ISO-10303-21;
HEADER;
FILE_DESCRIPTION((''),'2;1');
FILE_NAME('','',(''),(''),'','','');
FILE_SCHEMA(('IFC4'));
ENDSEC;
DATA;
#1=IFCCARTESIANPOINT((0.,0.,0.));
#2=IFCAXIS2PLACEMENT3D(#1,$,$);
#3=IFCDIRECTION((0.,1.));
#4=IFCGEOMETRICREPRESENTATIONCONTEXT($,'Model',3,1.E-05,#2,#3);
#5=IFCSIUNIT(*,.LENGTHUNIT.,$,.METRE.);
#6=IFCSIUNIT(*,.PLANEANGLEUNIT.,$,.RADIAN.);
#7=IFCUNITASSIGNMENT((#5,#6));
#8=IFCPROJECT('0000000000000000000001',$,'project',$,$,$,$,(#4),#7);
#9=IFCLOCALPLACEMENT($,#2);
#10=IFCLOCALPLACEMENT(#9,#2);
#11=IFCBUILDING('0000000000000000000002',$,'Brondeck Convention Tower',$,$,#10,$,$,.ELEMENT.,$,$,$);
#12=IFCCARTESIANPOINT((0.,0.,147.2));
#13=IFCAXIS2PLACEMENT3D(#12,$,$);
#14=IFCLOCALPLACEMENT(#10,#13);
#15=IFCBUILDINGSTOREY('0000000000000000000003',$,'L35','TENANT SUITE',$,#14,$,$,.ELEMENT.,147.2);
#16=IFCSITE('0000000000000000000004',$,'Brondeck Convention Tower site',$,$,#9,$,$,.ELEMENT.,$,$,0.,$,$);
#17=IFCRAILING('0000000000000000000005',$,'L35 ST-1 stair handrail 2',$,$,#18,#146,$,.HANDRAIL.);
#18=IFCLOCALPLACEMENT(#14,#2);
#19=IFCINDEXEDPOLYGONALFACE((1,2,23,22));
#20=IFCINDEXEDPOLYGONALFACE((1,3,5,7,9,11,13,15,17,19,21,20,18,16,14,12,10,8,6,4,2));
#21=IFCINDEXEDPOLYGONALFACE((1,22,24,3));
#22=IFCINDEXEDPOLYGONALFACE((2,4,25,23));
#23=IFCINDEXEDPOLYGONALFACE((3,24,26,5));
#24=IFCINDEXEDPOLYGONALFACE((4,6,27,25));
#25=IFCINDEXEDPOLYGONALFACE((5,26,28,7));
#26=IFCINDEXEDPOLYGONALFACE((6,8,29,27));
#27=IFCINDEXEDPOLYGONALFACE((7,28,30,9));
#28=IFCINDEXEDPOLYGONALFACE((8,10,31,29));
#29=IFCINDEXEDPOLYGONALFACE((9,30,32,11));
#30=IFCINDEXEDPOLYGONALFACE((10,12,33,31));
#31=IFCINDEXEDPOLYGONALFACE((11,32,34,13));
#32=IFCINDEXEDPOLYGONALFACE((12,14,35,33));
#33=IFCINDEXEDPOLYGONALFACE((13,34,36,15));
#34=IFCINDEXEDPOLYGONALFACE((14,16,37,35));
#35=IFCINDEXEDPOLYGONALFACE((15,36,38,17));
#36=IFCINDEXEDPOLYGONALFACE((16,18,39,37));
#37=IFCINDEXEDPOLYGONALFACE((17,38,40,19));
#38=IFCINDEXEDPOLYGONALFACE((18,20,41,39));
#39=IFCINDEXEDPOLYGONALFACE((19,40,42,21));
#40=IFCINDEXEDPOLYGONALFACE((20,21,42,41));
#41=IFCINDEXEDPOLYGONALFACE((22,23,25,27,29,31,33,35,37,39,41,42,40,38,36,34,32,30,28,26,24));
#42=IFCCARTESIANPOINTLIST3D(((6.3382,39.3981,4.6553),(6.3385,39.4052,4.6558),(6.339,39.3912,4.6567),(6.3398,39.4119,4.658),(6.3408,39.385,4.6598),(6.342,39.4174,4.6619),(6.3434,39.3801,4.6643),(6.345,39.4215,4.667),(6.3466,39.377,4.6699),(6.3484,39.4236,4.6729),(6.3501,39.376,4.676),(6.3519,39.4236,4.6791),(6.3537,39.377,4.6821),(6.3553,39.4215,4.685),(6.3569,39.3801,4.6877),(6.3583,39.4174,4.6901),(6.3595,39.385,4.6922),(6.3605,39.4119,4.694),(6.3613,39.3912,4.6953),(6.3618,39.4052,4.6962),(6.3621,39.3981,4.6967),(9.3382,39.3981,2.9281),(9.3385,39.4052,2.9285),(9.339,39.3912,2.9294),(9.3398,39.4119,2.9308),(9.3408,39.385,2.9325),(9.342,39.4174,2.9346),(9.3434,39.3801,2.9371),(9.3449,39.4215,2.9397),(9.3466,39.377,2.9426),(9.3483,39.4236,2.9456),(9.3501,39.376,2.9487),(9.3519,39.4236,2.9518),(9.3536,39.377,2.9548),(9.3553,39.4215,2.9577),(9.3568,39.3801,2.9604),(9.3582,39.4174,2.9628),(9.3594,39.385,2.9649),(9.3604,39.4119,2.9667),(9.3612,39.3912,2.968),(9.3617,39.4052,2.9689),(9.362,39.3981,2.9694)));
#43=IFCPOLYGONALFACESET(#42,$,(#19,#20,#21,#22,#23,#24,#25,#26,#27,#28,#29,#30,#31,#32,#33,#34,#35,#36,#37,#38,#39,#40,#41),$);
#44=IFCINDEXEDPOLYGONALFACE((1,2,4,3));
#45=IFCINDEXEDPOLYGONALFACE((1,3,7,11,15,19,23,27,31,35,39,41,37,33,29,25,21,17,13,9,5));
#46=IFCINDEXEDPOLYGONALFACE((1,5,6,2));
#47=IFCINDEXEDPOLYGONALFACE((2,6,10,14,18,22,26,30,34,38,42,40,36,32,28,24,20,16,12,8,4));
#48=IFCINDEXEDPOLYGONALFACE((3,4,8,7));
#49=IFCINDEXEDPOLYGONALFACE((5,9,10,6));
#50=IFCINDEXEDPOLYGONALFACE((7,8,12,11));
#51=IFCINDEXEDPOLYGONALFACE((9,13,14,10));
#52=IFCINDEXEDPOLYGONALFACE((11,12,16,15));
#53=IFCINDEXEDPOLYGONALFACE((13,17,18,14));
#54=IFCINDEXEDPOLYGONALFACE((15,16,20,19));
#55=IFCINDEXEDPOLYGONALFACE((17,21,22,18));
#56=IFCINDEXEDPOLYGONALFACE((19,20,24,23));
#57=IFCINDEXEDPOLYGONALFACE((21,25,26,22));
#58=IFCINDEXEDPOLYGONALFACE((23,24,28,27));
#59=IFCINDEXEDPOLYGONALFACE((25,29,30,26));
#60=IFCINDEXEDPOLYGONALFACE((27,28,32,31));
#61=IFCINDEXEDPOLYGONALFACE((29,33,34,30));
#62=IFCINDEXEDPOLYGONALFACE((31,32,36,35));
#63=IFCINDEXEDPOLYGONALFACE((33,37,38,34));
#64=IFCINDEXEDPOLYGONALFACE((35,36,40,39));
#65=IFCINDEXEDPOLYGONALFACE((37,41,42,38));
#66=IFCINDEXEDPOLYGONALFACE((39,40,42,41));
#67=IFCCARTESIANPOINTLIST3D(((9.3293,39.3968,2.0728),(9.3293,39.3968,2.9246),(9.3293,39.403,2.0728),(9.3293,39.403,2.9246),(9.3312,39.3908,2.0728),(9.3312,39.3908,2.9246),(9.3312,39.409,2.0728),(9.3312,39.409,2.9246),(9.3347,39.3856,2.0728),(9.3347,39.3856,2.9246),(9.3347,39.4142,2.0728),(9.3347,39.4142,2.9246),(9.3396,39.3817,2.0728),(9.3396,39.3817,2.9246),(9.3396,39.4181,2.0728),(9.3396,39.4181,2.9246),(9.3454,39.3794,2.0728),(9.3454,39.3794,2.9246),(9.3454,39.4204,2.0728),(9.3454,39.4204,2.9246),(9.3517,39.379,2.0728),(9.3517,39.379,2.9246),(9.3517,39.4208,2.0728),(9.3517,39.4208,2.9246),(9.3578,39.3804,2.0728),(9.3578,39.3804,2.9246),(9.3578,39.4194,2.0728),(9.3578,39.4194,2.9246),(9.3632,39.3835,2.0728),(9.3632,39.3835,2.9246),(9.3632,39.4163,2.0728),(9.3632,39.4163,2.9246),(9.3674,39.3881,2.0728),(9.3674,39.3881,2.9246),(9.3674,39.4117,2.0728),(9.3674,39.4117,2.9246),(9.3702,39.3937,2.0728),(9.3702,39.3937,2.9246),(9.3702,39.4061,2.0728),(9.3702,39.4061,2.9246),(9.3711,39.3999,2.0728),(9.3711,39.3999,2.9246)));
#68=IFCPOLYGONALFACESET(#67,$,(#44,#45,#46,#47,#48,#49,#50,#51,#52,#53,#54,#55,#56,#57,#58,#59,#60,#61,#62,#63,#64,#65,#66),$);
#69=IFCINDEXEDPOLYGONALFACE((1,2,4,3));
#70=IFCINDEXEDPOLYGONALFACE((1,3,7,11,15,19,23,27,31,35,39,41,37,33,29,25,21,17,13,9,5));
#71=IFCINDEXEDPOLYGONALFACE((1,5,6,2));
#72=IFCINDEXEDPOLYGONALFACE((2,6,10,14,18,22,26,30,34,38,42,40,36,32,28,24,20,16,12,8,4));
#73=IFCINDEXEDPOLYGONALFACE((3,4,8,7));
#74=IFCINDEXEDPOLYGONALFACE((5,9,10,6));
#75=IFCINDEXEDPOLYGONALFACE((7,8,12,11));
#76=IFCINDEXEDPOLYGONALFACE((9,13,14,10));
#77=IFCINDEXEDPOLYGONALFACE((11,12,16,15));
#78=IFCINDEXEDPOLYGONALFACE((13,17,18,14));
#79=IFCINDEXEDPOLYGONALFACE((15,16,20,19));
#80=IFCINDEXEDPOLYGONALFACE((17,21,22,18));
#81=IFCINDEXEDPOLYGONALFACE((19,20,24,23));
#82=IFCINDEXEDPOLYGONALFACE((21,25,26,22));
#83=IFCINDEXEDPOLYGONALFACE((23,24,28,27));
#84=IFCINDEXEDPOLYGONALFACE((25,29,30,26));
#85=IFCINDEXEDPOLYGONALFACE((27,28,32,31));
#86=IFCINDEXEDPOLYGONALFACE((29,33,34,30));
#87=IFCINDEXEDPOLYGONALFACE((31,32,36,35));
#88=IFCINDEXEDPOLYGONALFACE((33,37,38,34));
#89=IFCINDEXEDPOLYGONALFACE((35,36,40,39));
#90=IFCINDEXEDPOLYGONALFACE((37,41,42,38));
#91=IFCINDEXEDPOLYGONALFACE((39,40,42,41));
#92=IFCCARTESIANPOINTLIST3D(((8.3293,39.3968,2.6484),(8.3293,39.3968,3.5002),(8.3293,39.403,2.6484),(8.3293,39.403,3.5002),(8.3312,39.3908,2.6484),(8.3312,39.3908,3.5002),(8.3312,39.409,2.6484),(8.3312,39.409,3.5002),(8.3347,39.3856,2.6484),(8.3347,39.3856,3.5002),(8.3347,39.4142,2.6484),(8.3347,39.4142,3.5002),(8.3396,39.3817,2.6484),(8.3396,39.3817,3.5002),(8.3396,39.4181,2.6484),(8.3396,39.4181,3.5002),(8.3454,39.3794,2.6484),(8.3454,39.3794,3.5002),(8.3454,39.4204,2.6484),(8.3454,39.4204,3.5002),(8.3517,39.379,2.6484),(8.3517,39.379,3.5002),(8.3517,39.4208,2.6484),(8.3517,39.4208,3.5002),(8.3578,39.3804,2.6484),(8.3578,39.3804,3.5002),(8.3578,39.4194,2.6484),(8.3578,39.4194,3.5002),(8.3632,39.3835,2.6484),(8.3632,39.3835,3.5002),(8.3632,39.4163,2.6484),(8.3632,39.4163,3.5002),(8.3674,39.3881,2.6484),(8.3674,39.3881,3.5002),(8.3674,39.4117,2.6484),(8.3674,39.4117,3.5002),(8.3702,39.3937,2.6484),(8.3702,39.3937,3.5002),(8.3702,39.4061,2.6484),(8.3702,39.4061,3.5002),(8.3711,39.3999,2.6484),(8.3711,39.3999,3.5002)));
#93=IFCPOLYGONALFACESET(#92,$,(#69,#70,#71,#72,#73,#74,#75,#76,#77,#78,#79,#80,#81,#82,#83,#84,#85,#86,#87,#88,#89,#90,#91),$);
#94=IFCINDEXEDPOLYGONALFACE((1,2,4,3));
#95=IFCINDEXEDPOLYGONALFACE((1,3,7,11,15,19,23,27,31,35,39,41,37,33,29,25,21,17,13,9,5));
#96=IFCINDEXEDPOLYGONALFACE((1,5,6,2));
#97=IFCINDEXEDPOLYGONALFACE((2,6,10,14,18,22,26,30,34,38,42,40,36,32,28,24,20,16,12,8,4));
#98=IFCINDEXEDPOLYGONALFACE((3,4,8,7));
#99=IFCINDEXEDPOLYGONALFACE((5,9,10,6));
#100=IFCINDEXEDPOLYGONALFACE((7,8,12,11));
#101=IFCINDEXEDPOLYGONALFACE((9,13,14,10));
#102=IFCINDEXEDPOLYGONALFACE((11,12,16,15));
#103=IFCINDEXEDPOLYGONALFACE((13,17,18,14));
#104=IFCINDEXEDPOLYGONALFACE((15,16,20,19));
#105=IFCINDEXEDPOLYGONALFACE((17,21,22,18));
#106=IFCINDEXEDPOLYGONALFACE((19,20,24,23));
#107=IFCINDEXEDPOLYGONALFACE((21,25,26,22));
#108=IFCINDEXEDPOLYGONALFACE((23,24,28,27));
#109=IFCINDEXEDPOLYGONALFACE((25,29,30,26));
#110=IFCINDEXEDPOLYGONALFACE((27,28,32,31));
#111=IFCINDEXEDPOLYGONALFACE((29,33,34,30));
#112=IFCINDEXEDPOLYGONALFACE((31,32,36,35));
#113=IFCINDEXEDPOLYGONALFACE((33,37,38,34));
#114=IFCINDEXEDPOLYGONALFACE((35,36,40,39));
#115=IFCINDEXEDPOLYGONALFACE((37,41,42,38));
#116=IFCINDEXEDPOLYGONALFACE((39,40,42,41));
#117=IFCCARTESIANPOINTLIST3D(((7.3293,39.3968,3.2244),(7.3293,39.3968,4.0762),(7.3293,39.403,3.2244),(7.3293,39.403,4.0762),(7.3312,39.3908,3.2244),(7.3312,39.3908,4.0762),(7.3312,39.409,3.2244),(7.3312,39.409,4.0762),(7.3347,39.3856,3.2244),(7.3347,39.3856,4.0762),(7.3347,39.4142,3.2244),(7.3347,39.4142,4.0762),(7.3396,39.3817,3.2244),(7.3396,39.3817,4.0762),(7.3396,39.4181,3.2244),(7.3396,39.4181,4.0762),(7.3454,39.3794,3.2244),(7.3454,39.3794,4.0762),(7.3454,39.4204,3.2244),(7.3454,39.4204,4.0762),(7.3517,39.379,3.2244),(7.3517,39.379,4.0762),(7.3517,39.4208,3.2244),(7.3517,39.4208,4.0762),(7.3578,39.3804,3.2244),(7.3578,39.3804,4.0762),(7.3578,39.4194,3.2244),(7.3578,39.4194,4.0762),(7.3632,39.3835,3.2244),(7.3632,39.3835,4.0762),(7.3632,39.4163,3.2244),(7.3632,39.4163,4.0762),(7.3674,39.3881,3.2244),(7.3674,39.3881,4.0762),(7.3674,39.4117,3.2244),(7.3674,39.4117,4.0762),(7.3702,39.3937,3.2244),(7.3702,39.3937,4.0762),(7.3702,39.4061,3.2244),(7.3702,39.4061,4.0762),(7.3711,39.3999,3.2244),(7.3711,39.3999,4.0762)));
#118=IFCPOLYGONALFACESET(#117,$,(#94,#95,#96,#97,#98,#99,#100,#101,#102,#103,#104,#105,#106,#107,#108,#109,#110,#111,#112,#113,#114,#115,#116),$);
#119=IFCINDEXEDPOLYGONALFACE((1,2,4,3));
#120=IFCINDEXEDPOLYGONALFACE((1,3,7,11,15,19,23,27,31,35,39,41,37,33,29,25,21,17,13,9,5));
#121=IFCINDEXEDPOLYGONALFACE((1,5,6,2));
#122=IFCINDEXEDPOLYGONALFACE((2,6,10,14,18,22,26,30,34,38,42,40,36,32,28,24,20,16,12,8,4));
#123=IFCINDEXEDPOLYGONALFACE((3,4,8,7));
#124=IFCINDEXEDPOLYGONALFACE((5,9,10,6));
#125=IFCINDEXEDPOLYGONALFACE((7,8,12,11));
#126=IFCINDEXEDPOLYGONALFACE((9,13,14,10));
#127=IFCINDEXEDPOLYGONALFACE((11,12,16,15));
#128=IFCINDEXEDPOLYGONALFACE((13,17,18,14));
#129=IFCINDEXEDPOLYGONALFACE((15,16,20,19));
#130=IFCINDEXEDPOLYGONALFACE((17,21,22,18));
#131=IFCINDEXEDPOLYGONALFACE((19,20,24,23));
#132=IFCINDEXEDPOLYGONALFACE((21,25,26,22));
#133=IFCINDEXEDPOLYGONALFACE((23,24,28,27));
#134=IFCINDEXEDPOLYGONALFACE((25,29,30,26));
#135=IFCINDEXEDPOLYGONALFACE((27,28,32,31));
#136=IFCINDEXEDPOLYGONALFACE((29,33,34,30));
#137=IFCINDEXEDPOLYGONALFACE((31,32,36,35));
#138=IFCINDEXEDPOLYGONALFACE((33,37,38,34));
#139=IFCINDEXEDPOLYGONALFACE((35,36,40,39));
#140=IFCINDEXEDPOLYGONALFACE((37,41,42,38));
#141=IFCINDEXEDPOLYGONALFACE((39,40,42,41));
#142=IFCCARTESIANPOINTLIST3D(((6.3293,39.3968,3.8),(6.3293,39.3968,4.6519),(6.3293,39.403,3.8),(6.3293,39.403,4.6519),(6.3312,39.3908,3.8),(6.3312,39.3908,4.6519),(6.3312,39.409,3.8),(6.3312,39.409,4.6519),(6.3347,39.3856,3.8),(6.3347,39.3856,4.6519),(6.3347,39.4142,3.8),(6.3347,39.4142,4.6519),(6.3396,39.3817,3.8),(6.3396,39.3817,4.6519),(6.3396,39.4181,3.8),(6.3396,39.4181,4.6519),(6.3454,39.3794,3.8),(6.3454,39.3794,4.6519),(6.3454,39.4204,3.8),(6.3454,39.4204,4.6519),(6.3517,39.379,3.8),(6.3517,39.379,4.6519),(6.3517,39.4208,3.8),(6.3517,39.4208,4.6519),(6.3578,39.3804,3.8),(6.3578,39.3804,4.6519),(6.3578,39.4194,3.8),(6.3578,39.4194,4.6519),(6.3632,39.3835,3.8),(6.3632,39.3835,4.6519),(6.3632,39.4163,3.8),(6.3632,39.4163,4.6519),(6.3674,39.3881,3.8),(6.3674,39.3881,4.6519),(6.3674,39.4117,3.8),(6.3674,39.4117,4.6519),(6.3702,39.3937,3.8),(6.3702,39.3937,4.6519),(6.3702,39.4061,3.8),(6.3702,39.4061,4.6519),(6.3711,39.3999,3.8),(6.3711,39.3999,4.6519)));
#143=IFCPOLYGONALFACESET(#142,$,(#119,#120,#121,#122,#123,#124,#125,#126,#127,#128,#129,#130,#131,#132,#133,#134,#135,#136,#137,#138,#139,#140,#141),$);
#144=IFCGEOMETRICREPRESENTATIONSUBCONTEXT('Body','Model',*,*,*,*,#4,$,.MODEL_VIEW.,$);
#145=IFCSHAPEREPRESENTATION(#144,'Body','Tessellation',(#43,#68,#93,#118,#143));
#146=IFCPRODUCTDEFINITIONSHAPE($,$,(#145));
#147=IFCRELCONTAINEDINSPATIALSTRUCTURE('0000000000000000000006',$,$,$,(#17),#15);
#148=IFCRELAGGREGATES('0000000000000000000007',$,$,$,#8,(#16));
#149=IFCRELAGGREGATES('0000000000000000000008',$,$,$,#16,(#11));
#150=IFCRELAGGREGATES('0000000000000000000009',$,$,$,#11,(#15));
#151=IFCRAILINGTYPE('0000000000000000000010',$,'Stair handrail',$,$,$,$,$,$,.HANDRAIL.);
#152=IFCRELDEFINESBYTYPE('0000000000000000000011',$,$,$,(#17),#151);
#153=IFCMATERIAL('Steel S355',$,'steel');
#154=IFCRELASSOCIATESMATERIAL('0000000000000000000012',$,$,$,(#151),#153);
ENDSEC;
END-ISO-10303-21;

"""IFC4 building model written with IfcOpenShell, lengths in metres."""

from ifc_helpers import new_model, si_unit, direction, frame, origin, origin_2d, place, context, subcontext, project, spatial, circle, extrude, material, type_object, element, save


model = new_model("IFC4")

# Units and contexts
model_context = context("Model", 3, precision=1e-05, world=origin(), true_north=direction((0.0, 1.0)))
body_context = subcontext(model_context, "Body", "Model", "MODEL_VIEW")
ifc_project = project(units=[si_unit("LENGTHUNIT", "METRE"), si_unit("PLANEANGLEUNIT", "RADIAN")], contexts=[model_context])

# Site, building, storey
site_placement = place(None, origin())
site = spatial("IfcSite", under=ifc_project, at=site_placement, Name="Brondeck Convention Tower site", CompositionType="ELEMENT", RefElevation=0.0)
building_placement = place(site_placement, origin())
building = spatial("IfcBuilding", under=site, at=building_placement, Name="Brondeck Convention Tower", CompositionType="ELEMENT")
storey_placement = place(building_placement, frame((0.0, 0.0, 147.2)))
storey = spatial("IfcBuildingStorey", under=building, at=storey_placement, Name="L35", Description="TENANT SUITE", CompositionType="ELEMENT", Elevation=147.2)

# Shared definitions
ifc_material_1 = material(Name="Steel S355", Category="steel")

# Railing
railing_type = type_object("IfcRailingType", Name="Stair handrail", PredefinedType="HANDRAIL", material=ifc_material_1)
railing_placement = place(storey_placement, frame((9.3501, 39.3999, 2.0728)))
element("IfcRailing", 1, at=railing_placement, inside=storey, type_object=railing_type, Name="L35 ST-1 stair handrail 2", PredefinedType="HANDRAIL", context=body_context, shape_type="SweptSolid", body=[
    extrude(circle(Radius=0.0239, at=origin_2d()), frame((0.0, 0.0, 0.876), z_axis=(-0.86662, 0.0, 0.498969), x_axis=(0.0, -1.0, 0.0)), (0.0, 0.0, 1.0), 3.4617),
    extrude(circle(Radius=0.021, at=origin_2d()), origin(), (0.0, 0.0, 1.0), 0.8518),
    extrude(circle(Radius=0.021, at=origin_2d()), frame((-1.0, 0.0, 0.5757)), (0.0, 0.0, 1.0), 0.8518),
    extrude(circle(Radius=0.021, at=origin_2d()), frame((-2.0, 0.0, 1.1516)), (0.0, 0.0, 1.0), 0.8518),
    extrude(circle(Radius=0.021, at=origin_2d()), frame((-3.0, 0.0, 1.7273)), (0.0, 0.0, 1.0), 0.8518),
])

save(model, "model.ifc")
